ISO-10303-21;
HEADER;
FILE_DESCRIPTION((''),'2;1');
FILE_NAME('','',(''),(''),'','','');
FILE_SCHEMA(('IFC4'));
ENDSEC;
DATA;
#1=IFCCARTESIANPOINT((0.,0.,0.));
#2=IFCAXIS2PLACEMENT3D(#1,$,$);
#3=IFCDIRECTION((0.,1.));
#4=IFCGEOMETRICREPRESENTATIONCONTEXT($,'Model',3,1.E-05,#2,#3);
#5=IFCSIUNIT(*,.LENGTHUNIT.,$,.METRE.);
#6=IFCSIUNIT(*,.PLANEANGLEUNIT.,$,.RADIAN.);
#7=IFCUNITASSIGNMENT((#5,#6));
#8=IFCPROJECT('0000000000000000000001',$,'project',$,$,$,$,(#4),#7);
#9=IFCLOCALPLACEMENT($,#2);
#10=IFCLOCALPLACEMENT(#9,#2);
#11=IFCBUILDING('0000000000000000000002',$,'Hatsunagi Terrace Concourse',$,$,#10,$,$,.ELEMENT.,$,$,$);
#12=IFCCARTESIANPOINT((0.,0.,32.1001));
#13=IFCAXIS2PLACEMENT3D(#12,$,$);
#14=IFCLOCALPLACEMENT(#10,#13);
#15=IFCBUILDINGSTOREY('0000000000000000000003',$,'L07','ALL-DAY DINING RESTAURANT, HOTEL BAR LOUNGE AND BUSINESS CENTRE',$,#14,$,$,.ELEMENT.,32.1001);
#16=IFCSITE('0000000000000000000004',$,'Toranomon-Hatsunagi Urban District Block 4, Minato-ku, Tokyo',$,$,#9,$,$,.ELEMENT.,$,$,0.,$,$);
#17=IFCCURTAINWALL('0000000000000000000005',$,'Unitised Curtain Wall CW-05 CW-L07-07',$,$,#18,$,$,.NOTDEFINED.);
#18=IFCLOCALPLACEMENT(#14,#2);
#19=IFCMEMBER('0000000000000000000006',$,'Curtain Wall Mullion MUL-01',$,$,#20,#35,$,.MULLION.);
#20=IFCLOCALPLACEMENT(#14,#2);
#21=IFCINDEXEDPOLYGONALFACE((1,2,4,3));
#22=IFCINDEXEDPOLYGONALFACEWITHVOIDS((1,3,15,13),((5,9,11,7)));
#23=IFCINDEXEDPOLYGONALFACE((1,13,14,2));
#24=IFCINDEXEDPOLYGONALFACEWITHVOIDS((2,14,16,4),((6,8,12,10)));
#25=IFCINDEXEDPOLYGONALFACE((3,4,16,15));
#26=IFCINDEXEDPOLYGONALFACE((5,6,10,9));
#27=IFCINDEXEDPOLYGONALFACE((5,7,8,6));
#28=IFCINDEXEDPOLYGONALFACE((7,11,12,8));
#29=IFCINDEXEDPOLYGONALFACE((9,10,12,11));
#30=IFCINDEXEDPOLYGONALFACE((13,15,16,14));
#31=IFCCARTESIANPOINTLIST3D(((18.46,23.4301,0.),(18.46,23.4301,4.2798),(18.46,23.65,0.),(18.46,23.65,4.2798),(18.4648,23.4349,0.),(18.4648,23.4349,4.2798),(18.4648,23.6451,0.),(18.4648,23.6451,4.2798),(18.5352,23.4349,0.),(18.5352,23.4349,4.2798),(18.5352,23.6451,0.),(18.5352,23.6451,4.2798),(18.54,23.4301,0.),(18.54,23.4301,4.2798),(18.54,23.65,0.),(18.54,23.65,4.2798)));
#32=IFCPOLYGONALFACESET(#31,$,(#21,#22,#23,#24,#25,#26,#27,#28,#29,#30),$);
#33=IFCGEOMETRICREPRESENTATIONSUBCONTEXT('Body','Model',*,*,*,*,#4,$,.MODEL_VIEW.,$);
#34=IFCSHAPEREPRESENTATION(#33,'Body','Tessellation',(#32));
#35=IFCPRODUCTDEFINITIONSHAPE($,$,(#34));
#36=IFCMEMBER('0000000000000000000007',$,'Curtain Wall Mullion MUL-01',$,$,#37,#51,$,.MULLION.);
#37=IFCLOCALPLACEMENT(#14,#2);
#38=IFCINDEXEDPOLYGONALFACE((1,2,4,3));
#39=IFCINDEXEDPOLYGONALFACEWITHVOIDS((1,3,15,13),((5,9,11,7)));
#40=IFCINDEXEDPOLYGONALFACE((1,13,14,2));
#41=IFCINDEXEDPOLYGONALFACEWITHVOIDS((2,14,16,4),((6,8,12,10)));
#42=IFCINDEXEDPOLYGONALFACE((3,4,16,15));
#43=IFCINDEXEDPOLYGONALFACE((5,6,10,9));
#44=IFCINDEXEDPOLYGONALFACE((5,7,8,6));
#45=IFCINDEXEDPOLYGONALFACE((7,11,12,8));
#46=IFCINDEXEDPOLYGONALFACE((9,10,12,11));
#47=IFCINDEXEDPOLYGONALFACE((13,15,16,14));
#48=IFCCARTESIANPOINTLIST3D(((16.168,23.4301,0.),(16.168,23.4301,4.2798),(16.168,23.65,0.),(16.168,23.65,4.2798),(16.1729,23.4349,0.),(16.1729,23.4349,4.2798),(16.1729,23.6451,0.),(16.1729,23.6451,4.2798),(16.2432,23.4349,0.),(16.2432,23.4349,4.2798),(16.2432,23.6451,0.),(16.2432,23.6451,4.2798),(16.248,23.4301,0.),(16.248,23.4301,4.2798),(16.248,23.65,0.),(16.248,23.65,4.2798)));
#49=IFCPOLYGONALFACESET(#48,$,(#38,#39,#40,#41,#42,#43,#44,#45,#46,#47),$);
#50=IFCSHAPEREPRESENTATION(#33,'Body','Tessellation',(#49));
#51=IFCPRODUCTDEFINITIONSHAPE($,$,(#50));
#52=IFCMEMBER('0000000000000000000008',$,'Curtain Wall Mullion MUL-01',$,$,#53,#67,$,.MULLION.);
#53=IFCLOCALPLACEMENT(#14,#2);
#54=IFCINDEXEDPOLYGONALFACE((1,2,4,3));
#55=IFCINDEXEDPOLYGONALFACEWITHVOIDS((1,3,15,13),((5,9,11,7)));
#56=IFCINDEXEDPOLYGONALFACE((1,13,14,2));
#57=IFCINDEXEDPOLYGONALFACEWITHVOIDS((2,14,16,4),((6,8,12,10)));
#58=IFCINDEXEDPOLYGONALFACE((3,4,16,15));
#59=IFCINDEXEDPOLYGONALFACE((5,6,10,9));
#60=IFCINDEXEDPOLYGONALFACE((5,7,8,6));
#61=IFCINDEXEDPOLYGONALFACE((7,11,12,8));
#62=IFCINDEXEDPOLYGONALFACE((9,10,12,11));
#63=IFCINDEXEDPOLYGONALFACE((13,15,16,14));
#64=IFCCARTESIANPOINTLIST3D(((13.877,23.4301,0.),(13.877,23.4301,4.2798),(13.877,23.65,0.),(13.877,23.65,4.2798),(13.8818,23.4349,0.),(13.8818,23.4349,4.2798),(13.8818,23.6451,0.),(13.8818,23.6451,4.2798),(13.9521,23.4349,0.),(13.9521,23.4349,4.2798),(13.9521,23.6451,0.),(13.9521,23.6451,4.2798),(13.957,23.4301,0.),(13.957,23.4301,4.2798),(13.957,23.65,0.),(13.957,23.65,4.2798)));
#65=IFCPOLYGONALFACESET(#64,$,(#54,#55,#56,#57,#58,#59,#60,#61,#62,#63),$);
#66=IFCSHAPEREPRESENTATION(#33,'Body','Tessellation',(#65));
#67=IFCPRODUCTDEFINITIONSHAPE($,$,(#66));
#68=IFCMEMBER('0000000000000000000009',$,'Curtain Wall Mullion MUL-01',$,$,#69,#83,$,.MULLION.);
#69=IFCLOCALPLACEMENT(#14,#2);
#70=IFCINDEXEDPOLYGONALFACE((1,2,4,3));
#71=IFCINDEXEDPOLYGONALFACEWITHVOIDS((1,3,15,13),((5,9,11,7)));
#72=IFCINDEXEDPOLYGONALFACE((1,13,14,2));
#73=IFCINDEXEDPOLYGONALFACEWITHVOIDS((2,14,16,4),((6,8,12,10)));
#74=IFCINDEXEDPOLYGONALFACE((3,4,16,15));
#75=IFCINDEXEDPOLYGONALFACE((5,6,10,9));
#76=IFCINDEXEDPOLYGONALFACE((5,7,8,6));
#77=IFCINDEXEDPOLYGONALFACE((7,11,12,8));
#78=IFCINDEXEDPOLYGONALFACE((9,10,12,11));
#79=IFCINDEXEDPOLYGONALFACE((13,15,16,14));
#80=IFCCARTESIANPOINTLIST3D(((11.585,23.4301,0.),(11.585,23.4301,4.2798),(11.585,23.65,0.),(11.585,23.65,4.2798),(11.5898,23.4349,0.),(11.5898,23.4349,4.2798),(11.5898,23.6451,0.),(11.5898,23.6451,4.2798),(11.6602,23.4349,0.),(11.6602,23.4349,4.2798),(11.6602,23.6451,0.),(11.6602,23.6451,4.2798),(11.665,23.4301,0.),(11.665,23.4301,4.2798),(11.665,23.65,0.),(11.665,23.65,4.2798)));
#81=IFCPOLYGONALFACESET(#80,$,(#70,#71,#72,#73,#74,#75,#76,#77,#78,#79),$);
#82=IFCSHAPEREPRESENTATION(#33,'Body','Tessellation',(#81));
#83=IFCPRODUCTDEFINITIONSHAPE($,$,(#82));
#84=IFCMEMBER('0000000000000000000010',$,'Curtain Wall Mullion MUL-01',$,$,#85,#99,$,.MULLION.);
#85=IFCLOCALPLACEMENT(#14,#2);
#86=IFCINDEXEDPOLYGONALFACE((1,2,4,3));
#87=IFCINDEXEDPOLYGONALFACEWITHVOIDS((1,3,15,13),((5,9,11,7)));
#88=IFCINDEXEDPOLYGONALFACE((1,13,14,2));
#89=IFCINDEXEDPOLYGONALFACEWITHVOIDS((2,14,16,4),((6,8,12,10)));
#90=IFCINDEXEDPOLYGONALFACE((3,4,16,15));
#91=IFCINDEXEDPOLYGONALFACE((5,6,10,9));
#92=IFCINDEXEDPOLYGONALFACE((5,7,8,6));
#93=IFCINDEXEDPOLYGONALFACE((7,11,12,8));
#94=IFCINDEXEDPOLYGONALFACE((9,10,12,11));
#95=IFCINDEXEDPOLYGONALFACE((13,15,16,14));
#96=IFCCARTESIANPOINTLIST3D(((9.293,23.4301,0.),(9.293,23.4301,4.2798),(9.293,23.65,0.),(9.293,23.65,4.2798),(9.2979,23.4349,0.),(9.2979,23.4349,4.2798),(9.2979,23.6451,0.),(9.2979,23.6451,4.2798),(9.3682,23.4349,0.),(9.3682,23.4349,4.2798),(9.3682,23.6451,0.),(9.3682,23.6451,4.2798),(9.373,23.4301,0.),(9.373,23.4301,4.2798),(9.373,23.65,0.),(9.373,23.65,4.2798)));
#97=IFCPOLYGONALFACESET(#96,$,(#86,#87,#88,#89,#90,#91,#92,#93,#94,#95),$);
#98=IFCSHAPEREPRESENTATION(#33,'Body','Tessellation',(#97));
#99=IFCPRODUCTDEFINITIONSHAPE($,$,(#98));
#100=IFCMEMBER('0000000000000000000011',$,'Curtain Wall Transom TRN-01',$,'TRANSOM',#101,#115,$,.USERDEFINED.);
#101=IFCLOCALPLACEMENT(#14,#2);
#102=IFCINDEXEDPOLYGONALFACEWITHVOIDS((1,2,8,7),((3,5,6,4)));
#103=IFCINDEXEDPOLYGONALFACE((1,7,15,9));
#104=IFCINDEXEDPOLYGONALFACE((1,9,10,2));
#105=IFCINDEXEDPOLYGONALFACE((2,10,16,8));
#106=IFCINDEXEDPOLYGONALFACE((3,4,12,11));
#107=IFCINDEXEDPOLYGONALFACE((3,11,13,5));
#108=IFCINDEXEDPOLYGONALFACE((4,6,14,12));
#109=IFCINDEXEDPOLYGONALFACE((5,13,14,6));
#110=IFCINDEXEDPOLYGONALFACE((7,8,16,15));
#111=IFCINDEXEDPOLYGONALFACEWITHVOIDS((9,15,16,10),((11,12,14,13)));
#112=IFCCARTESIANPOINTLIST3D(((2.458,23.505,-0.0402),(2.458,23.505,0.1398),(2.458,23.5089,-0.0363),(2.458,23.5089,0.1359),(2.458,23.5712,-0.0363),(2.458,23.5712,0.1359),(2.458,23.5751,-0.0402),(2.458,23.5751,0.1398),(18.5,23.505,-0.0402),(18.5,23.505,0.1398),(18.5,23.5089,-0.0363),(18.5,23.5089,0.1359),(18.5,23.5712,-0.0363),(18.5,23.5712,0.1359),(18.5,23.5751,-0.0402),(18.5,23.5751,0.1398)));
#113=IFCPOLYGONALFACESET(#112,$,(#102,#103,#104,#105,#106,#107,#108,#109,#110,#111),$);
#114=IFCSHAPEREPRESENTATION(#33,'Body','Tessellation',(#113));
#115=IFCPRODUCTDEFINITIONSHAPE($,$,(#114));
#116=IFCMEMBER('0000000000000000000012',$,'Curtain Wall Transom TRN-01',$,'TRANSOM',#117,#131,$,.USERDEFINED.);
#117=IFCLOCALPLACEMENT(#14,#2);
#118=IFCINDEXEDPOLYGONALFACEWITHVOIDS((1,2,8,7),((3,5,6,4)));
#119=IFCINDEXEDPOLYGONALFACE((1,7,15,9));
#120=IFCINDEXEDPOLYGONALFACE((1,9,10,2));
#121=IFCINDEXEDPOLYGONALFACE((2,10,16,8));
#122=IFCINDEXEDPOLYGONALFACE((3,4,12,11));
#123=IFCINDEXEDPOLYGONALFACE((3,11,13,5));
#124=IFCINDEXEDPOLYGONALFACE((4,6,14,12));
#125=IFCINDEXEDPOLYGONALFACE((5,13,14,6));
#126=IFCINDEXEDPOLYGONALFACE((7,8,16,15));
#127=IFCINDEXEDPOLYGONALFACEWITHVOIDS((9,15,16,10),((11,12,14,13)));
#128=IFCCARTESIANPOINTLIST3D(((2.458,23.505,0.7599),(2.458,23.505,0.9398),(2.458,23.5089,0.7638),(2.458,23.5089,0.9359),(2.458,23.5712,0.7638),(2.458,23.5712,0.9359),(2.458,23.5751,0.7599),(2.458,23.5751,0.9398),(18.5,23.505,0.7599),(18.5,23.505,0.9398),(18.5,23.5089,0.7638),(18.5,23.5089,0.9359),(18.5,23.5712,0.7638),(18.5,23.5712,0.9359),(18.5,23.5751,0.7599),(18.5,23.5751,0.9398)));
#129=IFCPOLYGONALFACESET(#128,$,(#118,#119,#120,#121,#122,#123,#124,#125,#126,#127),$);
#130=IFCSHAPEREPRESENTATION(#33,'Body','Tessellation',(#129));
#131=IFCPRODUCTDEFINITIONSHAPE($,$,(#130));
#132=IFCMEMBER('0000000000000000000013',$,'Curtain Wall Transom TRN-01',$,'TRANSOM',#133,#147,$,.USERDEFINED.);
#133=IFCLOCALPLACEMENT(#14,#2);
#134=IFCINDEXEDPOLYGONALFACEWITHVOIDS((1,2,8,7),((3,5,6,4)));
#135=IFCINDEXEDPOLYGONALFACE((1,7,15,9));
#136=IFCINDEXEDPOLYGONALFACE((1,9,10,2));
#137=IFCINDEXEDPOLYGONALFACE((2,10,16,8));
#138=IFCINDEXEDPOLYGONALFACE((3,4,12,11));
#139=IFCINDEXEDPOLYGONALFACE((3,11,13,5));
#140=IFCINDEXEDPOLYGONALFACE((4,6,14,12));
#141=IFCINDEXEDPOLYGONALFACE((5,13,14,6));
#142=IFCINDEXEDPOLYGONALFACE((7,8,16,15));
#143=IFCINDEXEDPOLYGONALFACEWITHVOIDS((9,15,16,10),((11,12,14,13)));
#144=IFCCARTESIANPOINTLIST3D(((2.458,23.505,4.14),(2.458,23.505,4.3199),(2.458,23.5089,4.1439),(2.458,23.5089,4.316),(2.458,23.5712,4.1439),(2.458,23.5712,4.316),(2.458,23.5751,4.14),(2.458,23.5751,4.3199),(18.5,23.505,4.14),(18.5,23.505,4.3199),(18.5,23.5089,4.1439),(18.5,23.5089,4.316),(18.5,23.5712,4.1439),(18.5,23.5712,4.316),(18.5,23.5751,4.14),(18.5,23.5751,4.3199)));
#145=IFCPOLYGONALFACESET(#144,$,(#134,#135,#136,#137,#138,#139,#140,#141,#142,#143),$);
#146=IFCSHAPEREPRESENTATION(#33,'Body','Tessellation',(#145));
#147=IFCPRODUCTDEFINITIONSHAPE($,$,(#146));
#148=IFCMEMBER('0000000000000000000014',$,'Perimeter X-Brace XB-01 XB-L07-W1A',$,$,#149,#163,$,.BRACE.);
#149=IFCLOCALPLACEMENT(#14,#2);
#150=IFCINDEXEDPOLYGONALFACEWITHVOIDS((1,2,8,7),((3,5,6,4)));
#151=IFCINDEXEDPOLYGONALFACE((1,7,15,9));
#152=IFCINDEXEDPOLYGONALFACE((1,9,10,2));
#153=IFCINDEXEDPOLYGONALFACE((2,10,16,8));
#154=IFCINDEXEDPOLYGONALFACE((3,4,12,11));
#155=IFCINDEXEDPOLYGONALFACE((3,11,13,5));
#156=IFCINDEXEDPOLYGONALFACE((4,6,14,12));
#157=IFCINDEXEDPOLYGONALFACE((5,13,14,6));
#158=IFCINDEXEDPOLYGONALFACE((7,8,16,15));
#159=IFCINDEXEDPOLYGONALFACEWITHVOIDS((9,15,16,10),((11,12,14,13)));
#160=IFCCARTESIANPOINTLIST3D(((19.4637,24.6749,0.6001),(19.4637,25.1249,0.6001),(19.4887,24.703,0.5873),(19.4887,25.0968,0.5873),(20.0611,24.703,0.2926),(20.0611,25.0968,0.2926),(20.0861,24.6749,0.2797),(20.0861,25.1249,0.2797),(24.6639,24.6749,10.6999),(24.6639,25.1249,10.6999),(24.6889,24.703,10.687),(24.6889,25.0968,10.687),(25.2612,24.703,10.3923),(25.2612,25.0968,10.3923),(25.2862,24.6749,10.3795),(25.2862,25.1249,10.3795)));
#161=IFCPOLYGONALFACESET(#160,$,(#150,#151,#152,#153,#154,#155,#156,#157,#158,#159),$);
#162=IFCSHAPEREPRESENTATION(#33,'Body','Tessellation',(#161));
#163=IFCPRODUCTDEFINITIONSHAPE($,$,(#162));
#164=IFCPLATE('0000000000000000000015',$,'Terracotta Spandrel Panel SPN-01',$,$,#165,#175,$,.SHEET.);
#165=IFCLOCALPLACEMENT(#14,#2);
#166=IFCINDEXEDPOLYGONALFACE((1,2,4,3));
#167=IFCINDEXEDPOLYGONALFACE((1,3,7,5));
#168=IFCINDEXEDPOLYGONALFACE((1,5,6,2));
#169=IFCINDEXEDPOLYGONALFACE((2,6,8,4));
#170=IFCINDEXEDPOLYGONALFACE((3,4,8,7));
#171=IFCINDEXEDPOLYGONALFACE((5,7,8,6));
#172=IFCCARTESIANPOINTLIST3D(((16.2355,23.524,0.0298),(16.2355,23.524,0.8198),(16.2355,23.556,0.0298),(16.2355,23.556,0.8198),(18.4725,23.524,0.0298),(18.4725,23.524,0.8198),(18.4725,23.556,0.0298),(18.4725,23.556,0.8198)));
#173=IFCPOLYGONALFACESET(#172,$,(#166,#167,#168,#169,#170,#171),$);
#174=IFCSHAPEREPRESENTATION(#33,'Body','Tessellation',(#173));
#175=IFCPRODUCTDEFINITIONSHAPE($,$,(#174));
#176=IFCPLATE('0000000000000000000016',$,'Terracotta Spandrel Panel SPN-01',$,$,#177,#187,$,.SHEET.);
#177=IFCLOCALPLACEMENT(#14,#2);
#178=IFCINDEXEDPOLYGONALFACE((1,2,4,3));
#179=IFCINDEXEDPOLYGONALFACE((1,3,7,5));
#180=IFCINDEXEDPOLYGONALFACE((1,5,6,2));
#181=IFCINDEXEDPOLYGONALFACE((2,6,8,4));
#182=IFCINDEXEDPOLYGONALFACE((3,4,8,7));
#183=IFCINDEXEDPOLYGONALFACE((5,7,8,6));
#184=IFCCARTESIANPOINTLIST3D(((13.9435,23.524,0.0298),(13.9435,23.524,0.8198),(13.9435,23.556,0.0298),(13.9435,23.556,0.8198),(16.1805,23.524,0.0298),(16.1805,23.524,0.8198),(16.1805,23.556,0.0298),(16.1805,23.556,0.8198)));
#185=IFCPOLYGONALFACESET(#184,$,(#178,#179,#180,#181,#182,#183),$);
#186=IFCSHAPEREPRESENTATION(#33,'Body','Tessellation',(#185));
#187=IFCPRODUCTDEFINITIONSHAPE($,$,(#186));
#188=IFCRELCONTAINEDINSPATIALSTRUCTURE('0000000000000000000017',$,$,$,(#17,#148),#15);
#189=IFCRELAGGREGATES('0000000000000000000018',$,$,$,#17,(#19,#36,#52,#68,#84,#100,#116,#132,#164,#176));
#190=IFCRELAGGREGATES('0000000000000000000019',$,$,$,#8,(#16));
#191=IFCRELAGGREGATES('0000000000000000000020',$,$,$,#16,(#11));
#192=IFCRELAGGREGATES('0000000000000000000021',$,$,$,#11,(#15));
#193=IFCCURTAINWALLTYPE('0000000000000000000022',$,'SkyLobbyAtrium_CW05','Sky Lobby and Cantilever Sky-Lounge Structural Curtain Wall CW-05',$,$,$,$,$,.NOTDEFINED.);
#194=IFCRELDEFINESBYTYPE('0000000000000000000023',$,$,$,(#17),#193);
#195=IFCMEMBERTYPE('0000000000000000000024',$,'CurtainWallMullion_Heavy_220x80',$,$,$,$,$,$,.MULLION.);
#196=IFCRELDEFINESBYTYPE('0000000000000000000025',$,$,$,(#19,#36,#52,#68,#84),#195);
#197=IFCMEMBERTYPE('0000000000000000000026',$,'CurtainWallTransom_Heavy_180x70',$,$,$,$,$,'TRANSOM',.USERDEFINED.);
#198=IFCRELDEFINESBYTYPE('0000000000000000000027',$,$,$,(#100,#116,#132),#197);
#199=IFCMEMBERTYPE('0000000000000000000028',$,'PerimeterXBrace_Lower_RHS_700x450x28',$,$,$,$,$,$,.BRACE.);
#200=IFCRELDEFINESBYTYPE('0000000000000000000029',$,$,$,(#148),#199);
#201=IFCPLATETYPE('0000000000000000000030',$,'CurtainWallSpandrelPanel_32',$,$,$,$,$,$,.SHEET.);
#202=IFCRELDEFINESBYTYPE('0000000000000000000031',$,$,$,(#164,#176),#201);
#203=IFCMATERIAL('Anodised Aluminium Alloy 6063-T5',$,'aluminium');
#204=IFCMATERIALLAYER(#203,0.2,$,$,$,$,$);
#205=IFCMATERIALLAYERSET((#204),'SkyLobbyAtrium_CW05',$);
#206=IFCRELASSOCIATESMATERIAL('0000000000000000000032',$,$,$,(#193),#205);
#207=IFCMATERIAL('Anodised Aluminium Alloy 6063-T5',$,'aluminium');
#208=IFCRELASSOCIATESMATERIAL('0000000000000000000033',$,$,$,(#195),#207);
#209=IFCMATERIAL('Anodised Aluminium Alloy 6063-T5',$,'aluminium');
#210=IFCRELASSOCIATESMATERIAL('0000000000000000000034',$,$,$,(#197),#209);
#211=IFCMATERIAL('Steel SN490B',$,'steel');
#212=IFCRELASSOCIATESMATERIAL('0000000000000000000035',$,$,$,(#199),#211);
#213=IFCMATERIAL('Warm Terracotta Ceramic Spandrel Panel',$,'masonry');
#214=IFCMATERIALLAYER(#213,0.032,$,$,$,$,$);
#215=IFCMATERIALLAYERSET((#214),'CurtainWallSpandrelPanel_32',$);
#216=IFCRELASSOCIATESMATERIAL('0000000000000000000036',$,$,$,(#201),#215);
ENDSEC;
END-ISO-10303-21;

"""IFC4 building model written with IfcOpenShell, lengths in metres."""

from ifc_helpers import new_model, si_unit, direction, frame, origin, origin_2d, place, context, subcontext, project, spatial, rectangle, hollow_rectangle, extrude, material, layer, layer_set, material_profile, profile_set, type_object, element, aggregate, save


model = new_model("IFC4")

# Units and contexts
model_context = context("Model", 3, precision=1e-05, world=origin(), true_north=direction((0.0, 1.0)))
body_context = subcontext(model_context, "Body", "Model", "MODEL_VIEW")
ifc_project = project(units=[si_unit("LENGTHUNIT", "METRE"), si_unit("PLANEANGLEUNIT", "RADIAN")], contexts=[model_context])

# Site, building, storey
site_placement = place(None, origin())
site = spatial("IfcSite", under=ifc_project, at=site_placement, Name="Toranomon-Hatsunagi Urban District Block 4, Minato-ku, Tokyo", CompositionType="ELEMENT", RefElevation=0.0)
building_placement = place(site_placement, origin())
building = spatial("IfcBuilding", under=site, at=building_placement, Name="Hatsunagi Terrace Concourse", CompositionType="ELEMENT")
storey_placement = place(building_placement, frame((0.0, 0.0, 32.1001)))
storey = spatial("IfcBuildingStorey", under=building, at=storey_placement, Name="L07", Description="ALL-DAY DINING RESTAURANT, HOTEL BAR LOUNGE AND BUSINESS CENTRE", CompositionType="ELEMENT", Elevation=32.1001)

# Curtain wall, members
ifc_material_1 = material(Name="Anodised Aluminium Alloy 6063-T5", Category="aluminium")
ifc_layer_1 = layer(ifc_material_1, 0.2)
ifc_layer_set_1 = layer_set([ifc_layer_1], Name="SkyLobbyAtrium_CW05")
curtain_wall_type = type_object("IfcCurtainWallType", Name="SkyLobbyAtrium_CW05", Description="Sky Lobby and Cantilever Sky-Lounge Structural Curtain Wall CW-05", PredefinedType="NOTDEFINED", material=ifc_layer_set_1)
curtain_wall_placement = place(storey_placement, origin())
curtain_wall = element("IfcCurtainWall", 1, at=curtain_wall_placement, inside=storey, type_object=curtain_wall_type, Name="Unitised Curtain Wall CW-05 CW-L07-07", PredefinedType="NOTDEFINED")
ifc_material_2 = material(Name="Anodised Aluminium Alloy 6063-T5", Category="aluminium")
ifc_material_profile_1 = material_profile(ifc_material_2, hollow_rectangle(XDim=0.0801, YDim=0.22, WallThickness=0.0049, at=origin_2d()), Name="ALU-MUL-220x80x5")
ifc_profile_set_1 = profile_set([ifc_material_profile_1], Name="Anodised Aluminium Alloy 6063-T5")
member_type_1 = type_object("IfcMemberType", Name="CurtainWallMullion_Heavy_220x80", PredefinedType="MULLION", material=ifc_profile_set_1)
member_1_placement = place(storey_placement, frame((18.5, 23.54, 0.0), z_axis=(0.0, 0.0, 1.0), x_axis=(-1.0, 0.0, 0.0)))
member_1 = element("IfcMember", 2, at=member_1_placement, type_object=member_type_1, Name="Curtain Wall Mullion MUL-01", PredefinedType="MULLION", context=body_context, shape_type="SweptSolid", body=[
    extrude(hollow_rectangle(XDim=0.0801, YDim=0.22, WallThickness=0.0049, at=origin_2d()), origin(), (0.0, 0.0, 1.0), 4.2798),
])
member_2_placement = place(storey_placement, frame((16.208, 23.54, 0.0), z_axis=(0.0, 0.0, 1.0), x_axis=(-1.0, 0.0, 0.0)))
member_2 = element("IfcMember", 3, at=member_2_placement, type_object=member_type_1, Name="Curtain Wall Mullion MUL-01", PredefinedType="MULLION", context=body_context, shape_type="SweptSolid", body=[
    extrude(hollow_rectangle(XDim=0.0801, YDim=0.22, WallThickness=0.0049, at=origin_2d()), origin(), (0.0, 0.0, 1.0), 4.2798),
])
member_3_placement = place(storey_placement, frame((13.917, 23.54, 0.0), z_axis=(0.0, 0.0, 1.0), x_axis=(-1.0, 0.0, 0.0)))
member_3 = element("IfcMember", 4, at=member_3_placement, type_object=member_type_1, Name="Curtain Wall Mullion MUL-01", PredefinedType="MULLION", context=body_context, shape_type="SweptSolid", body=[
    extrude(hollow_rectangle(XDim=0.0801, YDim=0.22, WallThickness=0.0049, at=origin_2d()), origin(), (0.0, 0.0, 1.0), 4.2798),
])
member_4_placement = place(storey_placement, frame((11.625, 23.54, 0.0), z_axis=(0.0, 0.0, 1.0), x_axis=(-1.0, 0.0, 0.0)))
member_4 = element("IfcMember", 5, at=member_4_placement, type_object=member_type_1, Name="Curtain Wall Mullion MUL-01", PredefinedType="MULLION", context=body_context, shape_type="SweptSolid", body=[
    extrude(hollow_rectangle(XDim=0.0801, YDim=0.22, WallThickness=0.0049, at=origin_2d()), origin(), (0.0, 0.0, 1.0), 4.2798),
])
member_5_placement = place(storey_placement, frame((9.333, 23.54, 0.0), z_axis=(0.0, 0.0, 1.0), x_axis=(-1.0, 0.0, 0.0)))
member_5 = element("IfcMember", 6, at=member_5_placement, type_object=member_type_1, Name="Curtain Wall Mullion MUL-01", PredefinedType="MULLION", context=body_context, shape_type="SweptSolid", body=[
    extrude(hollow_rectangle(XDim=0.0801, YDim=0.22, WallThickness=0.0049, at=origin_2d()), origin(), (0.0, 0.0, 1.0), 4.2798),
])
ifc_material_3 = material(Name="Anodised Aluminium Alloy 6063-T5", Category="aluminium")
ifc_material_profile_2 = material_profile(ifc_material_3, hollow_rectangle(XDim=0.0701, YDim=0.1799, WallThickness=0.0039, at=origin_2d()), Name="ALU-TRN-180x70x4")
ifc_profile_set_2 = profile_set([ifc_material_profile_2], Name="Anodised Aluminium Alloy 6063-T5")
member_type_2 = type_object("IfcMemberType", Name="CurtainWallTransom_Heavy_180x70", ElementType="TRANSOM", PredefinedType="USERDEFINED", material=ifc_profile_set_2)
member_6_placement = place(storey_placement, frame((18.5, 23.54, 0.0498), z_axis=(-1.0, 0.0, 0.0), x_axis=(0.0, -1.0, 0.0)))
member_6 = element("IfcMember", 7, at=member_6_placement, type_object=member_type_2, Name="Curtain Wall Transom TRN-01", ObjectType="TRANSOM", PredefinedType="USERDEFINED", context=body_context, shape_type="SweptSolid", body=[
    extrude(hollow_rectangle(XDim=0.0701, YDim=0.1799, WallThickness=0.0039, at=origin_2d()), origin(), (0.0, 0.0, 1.0), 16.042),
])
member_7_placement = place(storey_placement, frame((18.5, 23.54, 0.8499), z_axis=(-1.0, 0.0, 0.0), x_axis=(0.0, -1.0, 0.0)))
member_7 = element("IfcMember", 8, at=member_7_placement, type_object=member_type_2, Name="Curtain Wall Transom TRN-01", ObjectType="TRANSOM", PredefinedType="USERDEFINED", context=body_context, shape_type="SweptSolid", body=[
    extrude(hollow_rectangle(XDim=0.0701, YDim=0.1799, WallThickness=0.0039, at=origin_2d()), origin(), (0.0, 0.0, 1.0), 16.042),
])
member_8_placement = place(storey_placement, frame((18.5, 23.54, 4.23), z_axis=(-1.0, 0.0, 0.0), x_axis=(0.0, -1.0, 0.0)))
member_8 = element("IfcMember", 9, at=member_8_placement, type_object=member_type_2, Name="Curtain Wall Transom TRN-01", ObjectType="TRANSOM", PredefinedType="USERDEFINED", context=body_context, shape_type="SweptSolid", body=[
    extrude(hollow_rectangle(XDim=0.0701, YDim=0.1799, WallThickness=0.0039, at=origin_2d()), origin(), (0.0, 0.0, 1.0), 16.042),
])

# Member
ifc_material_4 = material(Name="Steel SN490B", Category="steel")
ifc_material_profile_3 = material_profile(ifc_material_4, hollow_rectangle(XDim=0.45, YDim=0.7, WallThickness=0.0281, at=origin_2d()), Name="RHS-700x450x28")
ifc_profile_set_3 = profile_set([ifc_material_profile_3], Name="Steel SN490B")
member_type_3 = type_object("IfcMemberType", Name="PerimeterXBrace_Lower_RHS_700x450x28", PredefinedType="BRACE", material=ifc_profile_set_3)
member_9_placement = place(storey_placement, frame((19.7749, 24.8999, 0.4399), z_axis=(0.457765, 0.0, 0.889073), x_axis=(0.0, 1.0, 0.0)))
element("IfcMember", 10, at=member_9_placement, inside=storey, type_object=member_type_3, Name="Perimeter X-Brace XB-01 XB-L07-W1A", PredefinedType="BRACE", context=body_context, shape_type="SweptSolid", body=[
    extrude(hollow_rectangle(XDim=0.45, YDim=0.7, WallThickness=0.0281, at=origin_2d()), origin(), (0.0, 0.0, 1.0), 11.3599),
])

# Plates
ifc_material_5 = material(Name="Warm Terracotta Ceramic Spandrel Panel", Category="masonry")
ifc_layer_2 = layer(ifc_material_5, 0.032)
ifc_layer_set_2 = layer_set([ifc_layer_2], Name="CurtainWallSpandrelPanel_32")
plate_type_1 = type_object("IfcPlateType", Name="CurtainWallSpandrelPanel_32", PredefinedType="SHEET", material=ifc_layer_set_2)
plate_1_placement = place(storey_placement, frame((17.354, 23.54, 0.0298), z_axis=(0.0, 0.0, 1.0), x_axis=(-1.0, 0.0, 0.0)))
plate_1 = element("IfcPlate", 11, at=plate_1_placement, type_object=plate_type_1, Name="Terracotta Spandrel Panel SPN-01", PredefinedType="SHEET", context=body_context, shape_type="SweptSolid", body=[
    extrude(rectangle(XDim=2.2371, YDim=0.032, at=origin_2d()), origin(), (0.0, 0.0, 1.0), 0.79),
])
plate_2_placement = place(storey_placement, frame((15.062, 23.54, 0.0298), z_axis=(0.0, 0.0, 1.0), x_axis=(-1.0, 0.0, 0.0)))
plate_2 = element("IfcPlate", 12, at=plate_2_placement, type_object=plate_type_1, Name="Terracotta Spandrel Panel SPN-01", PredefinedType="SHEET", context=body_context, shape_type="SweptSolid", body=[
    extrude(rectangle(XDim=2.2371, YDim=0.032, at=origin_2d()), origin(), (0.0, 0.0, 1.0), 0.79),
])
aggregate(curtain_wall, [member_1, member_2, member_3, member_4, member_5, member_6, member_7, member_8, plate_1, plate_2])

save(model, "model.ifc")
